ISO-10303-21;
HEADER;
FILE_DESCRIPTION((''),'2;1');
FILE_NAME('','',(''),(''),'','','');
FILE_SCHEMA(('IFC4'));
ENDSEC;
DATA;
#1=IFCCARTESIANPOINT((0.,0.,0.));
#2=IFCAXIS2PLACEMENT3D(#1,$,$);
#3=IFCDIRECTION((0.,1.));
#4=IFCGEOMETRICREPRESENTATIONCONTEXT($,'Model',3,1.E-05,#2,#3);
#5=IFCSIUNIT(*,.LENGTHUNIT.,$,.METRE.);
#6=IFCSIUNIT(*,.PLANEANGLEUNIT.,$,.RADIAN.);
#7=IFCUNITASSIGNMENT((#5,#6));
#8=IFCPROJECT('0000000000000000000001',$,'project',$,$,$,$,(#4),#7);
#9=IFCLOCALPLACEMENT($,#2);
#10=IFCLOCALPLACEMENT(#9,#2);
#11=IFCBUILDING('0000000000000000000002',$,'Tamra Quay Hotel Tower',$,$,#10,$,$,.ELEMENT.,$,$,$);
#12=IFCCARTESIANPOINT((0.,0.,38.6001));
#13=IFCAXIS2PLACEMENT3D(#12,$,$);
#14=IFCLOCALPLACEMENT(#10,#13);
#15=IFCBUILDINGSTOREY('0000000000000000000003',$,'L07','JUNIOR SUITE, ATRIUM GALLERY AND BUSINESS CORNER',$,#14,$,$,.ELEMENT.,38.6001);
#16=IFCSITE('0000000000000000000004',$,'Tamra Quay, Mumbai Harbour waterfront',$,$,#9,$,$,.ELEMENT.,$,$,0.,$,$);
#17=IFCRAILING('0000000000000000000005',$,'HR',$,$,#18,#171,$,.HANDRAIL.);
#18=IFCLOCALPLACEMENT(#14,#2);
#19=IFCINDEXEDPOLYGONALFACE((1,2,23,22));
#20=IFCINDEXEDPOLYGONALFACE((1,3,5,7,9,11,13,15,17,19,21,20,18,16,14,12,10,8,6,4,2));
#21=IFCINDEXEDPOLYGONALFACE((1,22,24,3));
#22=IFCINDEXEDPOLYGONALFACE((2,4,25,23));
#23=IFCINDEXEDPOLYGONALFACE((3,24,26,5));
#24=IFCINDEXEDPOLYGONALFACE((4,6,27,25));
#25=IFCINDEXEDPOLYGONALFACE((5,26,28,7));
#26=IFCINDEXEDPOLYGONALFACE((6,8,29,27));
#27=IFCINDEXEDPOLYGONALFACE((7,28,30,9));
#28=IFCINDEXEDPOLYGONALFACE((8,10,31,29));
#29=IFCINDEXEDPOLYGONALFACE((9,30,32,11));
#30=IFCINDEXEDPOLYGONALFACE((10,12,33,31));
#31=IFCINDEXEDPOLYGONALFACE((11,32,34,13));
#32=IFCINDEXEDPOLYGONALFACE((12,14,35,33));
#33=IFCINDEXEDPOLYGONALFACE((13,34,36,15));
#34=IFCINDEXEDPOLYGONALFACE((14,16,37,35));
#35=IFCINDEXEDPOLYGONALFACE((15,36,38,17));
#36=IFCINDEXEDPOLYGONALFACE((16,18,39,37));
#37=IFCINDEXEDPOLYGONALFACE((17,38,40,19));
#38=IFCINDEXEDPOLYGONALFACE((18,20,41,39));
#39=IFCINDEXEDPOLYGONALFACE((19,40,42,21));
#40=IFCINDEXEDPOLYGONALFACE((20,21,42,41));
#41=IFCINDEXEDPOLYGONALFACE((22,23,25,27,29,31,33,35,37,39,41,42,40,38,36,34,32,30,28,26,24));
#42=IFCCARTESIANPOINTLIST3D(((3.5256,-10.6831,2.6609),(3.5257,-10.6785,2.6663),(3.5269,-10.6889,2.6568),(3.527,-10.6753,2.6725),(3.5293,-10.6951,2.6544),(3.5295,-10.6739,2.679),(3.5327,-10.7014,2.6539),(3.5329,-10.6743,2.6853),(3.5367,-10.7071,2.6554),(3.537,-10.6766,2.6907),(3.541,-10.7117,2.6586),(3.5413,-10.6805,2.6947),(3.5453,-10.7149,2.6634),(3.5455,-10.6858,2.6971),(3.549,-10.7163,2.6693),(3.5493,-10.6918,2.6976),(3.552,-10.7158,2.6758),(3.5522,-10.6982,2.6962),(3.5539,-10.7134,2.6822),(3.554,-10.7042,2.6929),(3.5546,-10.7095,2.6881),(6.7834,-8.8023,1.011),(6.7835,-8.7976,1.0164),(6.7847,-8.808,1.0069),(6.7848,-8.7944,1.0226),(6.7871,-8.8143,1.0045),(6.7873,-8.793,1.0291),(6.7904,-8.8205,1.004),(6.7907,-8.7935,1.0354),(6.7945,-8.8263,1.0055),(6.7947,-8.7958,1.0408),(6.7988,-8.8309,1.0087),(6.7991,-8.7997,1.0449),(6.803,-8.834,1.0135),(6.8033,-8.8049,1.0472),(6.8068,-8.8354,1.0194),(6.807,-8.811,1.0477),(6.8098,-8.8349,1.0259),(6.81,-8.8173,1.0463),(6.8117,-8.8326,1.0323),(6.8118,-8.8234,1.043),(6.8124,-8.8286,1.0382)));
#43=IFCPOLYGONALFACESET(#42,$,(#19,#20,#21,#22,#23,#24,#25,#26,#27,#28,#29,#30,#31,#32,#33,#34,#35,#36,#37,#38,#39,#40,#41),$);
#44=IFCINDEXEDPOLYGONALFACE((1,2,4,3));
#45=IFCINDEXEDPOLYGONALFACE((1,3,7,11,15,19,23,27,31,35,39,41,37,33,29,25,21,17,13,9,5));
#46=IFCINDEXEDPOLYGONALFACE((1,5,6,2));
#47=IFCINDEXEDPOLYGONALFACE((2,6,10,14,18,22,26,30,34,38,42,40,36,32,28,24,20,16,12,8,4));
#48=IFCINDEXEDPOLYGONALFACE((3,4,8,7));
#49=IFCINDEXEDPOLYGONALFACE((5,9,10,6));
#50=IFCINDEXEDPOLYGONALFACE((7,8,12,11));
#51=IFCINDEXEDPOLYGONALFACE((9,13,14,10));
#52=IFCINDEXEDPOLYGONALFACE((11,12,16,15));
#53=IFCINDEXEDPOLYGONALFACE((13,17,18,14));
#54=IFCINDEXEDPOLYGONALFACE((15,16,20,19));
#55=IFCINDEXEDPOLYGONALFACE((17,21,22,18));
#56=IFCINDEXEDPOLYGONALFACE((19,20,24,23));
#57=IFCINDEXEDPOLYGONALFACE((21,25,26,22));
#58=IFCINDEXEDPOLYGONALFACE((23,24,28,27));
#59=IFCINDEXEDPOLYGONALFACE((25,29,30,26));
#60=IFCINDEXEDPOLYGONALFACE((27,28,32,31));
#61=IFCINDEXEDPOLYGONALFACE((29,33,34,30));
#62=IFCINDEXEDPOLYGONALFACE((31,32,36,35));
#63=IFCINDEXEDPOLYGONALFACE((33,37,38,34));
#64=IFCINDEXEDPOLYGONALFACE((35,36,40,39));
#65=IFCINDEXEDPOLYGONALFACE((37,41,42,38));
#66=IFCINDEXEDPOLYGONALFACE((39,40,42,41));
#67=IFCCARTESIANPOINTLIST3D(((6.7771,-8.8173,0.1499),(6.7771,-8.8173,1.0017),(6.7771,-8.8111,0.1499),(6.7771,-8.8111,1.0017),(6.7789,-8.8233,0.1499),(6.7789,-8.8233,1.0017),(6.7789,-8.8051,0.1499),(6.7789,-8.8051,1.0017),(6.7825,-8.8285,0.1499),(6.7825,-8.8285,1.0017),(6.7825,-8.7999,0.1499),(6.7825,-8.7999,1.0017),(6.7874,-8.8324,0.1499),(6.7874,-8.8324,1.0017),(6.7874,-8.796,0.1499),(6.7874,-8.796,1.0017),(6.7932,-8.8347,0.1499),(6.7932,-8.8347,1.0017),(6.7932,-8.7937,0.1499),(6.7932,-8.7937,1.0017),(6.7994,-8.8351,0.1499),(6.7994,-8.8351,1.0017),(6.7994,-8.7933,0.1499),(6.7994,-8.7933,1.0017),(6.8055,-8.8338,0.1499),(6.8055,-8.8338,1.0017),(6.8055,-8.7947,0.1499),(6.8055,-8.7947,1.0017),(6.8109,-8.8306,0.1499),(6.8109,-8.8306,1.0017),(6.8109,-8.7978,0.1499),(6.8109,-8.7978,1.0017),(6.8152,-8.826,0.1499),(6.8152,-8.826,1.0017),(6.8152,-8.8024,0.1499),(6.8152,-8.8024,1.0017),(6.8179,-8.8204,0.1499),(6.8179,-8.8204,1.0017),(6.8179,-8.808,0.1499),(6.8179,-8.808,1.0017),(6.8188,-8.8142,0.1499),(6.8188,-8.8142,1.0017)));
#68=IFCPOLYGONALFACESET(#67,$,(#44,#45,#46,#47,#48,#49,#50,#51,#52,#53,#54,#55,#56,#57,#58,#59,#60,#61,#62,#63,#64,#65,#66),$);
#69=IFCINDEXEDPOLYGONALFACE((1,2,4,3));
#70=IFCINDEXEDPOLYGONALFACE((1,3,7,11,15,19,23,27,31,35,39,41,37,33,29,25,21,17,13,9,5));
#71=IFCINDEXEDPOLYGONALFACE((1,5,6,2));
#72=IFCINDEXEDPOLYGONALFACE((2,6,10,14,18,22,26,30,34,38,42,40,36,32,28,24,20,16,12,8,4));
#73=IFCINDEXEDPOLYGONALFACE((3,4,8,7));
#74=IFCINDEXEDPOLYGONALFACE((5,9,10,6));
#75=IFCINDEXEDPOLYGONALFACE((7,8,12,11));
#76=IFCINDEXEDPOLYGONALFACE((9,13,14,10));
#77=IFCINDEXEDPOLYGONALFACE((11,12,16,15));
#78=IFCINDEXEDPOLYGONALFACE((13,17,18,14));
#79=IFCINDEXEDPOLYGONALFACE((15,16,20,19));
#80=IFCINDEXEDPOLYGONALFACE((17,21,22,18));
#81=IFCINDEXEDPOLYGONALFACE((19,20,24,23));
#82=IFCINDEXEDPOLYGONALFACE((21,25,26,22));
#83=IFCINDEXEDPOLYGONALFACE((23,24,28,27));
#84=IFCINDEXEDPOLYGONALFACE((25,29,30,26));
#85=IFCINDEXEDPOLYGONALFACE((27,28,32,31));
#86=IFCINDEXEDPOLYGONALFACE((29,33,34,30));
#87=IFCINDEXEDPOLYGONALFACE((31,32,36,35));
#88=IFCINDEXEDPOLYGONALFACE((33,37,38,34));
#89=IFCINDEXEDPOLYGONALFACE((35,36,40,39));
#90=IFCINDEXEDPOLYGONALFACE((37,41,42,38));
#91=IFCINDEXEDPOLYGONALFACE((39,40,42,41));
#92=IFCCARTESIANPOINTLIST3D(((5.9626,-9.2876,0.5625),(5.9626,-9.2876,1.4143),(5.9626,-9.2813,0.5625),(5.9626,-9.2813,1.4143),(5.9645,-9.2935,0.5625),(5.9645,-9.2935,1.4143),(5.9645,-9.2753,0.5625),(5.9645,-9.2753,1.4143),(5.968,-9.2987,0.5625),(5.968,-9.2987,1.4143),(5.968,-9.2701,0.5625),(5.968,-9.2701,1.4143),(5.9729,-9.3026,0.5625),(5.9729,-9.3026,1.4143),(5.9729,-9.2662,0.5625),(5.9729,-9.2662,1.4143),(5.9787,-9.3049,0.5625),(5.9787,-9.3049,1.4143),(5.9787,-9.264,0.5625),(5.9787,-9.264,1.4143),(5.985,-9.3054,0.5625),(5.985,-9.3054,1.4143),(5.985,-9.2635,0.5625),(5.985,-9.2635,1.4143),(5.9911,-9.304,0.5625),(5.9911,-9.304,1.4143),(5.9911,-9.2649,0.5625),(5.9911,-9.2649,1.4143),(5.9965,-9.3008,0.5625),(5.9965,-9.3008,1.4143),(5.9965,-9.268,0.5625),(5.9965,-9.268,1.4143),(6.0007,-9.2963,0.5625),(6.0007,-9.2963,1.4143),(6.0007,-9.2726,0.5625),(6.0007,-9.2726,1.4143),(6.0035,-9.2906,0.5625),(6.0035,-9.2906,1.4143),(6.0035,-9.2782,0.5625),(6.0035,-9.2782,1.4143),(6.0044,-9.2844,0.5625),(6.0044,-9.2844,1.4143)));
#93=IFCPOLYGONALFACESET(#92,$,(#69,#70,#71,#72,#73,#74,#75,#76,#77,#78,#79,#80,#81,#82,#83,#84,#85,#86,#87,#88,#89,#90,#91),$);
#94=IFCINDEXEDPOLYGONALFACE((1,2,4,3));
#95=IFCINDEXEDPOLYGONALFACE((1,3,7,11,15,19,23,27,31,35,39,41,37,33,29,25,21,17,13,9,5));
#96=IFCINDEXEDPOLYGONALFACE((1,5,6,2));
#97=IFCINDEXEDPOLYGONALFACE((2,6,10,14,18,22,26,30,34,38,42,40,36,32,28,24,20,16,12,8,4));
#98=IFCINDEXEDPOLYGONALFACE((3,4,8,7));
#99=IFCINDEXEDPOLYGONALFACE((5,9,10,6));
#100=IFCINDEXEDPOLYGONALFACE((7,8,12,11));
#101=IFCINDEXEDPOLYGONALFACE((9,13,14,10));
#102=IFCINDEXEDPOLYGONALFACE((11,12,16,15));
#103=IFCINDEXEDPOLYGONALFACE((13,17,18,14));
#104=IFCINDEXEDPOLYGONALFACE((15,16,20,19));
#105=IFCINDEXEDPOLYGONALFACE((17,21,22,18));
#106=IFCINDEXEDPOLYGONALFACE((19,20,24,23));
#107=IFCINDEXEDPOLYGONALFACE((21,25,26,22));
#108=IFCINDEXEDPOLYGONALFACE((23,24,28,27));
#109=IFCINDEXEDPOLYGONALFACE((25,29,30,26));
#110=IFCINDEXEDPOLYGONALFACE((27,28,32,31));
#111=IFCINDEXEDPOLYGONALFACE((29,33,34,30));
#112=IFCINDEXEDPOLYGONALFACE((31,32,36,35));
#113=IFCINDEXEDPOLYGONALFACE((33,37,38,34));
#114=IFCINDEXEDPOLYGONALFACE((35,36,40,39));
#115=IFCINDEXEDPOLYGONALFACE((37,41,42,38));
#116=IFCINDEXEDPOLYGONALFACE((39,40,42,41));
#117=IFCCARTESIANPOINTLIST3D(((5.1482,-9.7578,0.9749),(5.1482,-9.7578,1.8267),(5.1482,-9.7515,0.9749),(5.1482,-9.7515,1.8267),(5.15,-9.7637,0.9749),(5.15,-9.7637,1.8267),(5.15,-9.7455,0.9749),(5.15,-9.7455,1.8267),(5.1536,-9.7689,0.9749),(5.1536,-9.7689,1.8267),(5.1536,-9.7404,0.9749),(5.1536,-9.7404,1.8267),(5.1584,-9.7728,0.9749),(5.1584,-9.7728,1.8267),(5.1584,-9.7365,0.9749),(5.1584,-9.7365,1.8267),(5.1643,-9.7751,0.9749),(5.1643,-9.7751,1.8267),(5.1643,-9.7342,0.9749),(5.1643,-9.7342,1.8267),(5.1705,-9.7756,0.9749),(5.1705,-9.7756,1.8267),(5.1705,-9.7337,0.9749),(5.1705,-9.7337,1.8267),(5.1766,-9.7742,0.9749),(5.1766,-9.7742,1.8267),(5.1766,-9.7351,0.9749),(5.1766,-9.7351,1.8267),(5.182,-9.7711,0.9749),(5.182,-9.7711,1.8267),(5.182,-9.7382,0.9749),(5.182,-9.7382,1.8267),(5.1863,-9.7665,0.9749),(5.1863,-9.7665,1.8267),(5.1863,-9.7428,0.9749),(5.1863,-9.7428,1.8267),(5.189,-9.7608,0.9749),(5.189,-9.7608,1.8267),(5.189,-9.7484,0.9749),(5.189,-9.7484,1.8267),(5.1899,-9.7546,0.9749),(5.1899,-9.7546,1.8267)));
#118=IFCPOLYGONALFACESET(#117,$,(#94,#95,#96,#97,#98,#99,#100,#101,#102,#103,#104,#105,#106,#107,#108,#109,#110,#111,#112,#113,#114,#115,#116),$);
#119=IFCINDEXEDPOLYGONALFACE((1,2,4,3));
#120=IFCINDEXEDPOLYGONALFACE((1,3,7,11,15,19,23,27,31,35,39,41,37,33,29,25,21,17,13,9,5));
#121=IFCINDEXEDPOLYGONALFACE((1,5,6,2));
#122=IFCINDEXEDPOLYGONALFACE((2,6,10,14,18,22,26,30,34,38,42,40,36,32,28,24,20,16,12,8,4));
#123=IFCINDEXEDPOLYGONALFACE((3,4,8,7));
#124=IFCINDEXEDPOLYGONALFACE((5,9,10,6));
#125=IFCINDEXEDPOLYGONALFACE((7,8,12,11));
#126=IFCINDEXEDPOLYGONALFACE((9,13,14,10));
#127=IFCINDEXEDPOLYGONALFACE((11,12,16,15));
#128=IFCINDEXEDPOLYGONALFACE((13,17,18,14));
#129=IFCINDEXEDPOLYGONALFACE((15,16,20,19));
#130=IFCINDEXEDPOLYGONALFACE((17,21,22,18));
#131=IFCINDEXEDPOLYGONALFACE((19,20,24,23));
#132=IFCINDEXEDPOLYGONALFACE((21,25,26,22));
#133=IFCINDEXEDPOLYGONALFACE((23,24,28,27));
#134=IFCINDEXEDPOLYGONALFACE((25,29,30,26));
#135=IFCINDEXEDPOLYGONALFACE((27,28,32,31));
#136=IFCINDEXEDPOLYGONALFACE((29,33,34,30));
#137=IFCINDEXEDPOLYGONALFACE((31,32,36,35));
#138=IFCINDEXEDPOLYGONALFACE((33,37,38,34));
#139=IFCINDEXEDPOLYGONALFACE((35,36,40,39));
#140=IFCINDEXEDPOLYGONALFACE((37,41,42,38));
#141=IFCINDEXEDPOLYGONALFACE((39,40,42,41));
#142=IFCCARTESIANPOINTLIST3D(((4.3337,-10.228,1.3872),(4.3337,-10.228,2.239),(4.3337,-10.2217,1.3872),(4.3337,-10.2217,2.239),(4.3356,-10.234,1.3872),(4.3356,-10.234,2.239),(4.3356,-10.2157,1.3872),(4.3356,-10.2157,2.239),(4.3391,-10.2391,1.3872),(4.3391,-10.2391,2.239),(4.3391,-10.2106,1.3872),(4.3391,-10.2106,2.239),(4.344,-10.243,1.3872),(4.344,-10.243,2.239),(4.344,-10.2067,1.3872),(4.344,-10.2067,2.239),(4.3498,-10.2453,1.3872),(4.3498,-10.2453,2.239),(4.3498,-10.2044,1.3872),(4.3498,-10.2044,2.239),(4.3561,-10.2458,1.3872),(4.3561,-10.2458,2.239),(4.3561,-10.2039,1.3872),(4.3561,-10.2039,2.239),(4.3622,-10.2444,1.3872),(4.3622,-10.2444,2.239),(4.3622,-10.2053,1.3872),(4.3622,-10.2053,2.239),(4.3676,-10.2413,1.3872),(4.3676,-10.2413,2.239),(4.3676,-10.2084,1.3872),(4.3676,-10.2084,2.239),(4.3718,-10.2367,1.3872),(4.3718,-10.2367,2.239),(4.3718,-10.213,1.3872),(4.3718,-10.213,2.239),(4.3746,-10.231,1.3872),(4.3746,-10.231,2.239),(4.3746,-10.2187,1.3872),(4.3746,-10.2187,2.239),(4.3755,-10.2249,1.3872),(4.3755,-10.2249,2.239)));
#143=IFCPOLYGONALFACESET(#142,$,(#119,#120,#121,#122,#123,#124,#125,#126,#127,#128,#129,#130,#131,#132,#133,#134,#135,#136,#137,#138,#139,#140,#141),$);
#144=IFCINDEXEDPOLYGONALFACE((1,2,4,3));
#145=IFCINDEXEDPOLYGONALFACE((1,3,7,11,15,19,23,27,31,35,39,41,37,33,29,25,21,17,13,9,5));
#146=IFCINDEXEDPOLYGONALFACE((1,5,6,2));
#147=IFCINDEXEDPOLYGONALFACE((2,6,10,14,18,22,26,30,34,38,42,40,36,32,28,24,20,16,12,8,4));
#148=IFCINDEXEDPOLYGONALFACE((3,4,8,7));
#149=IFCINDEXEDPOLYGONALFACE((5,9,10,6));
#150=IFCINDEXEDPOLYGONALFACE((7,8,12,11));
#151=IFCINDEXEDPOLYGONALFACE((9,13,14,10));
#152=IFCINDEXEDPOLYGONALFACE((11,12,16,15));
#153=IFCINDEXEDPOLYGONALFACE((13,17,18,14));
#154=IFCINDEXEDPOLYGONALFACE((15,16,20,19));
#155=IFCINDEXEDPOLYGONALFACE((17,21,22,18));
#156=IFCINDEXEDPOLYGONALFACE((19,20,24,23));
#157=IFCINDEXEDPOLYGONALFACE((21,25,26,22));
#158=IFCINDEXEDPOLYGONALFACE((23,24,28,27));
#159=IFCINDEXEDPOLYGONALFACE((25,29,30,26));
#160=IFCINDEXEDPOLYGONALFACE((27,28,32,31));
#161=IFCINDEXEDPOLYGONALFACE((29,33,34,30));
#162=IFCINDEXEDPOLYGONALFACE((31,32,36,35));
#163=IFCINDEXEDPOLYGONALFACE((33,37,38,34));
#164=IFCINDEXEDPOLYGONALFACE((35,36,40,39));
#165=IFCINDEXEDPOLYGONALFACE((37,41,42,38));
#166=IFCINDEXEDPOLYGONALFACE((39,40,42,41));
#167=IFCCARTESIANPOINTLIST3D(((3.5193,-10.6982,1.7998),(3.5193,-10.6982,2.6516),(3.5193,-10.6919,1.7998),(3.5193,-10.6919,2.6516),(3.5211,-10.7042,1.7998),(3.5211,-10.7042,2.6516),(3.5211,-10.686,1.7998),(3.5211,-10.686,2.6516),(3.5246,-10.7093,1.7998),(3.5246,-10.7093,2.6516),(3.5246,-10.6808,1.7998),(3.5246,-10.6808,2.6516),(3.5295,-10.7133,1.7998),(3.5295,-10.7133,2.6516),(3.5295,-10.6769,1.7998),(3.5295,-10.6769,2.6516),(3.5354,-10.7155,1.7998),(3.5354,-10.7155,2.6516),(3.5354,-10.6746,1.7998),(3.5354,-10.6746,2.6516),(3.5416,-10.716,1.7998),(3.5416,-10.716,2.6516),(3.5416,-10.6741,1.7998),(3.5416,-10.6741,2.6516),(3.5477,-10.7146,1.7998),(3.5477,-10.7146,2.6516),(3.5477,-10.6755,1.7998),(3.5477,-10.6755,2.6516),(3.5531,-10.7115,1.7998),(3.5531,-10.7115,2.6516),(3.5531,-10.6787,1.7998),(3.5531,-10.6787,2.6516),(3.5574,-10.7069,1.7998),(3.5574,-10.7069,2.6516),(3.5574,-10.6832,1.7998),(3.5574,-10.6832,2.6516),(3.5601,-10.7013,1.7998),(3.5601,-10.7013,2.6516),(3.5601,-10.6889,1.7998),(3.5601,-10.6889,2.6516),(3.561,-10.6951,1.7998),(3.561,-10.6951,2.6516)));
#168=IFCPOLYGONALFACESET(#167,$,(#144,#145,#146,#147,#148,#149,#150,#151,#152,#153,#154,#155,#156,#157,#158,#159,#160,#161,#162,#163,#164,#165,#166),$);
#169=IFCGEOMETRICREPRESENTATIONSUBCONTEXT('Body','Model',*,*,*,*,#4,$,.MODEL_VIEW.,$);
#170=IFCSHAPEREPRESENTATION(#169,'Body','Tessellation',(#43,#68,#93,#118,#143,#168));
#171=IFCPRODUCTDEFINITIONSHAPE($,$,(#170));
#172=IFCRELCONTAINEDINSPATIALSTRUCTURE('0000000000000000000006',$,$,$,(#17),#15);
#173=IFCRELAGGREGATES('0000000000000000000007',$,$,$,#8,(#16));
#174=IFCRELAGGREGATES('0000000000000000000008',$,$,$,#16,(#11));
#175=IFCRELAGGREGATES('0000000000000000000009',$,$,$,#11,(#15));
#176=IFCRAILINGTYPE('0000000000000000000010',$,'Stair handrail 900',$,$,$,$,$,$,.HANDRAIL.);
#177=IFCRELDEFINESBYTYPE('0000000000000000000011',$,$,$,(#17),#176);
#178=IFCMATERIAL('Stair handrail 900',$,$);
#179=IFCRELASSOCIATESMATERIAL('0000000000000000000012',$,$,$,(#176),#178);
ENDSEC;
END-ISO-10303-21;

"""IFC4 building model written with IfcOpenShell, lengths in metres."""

from ifc_helpers import new_model, si_unit, direction, frame, origin, origin_2d, place, context, subcontext, project, spatial, circle, extrude, material, type_object, element, save


model = new_model("IFC4")

# Units and contexts
model_context = context("Model", 3, precision=1e-05, world=origin(), true_north=direction((0.0, 1.0)))
body_context = subcontext(model_context, "Body", "Model", "MODEL_VIEW")
ifc_project = project(units=[si_unit("LENGTHUNIT", "METRE"), si_unit("PLANEANGLEUNIT", "RADIAN")], contexts=[model_context])

# Site, building, storey
site_placement = place(None, origin())
site = spatial("IfcSite", under=ifc_project, at=site_placement, Name="Tamra Quay, Mumbai Harbour waterfront", CompositionType="ELEMENT", RefElevation=0.0)
building_placement = place(site_placement, origin())
building = spatial("IfcBuilding", under=site, at=building_placement, Name="Tamra Quay Hotel Tower", CompositionType="ELEMENT")
storey_placement = place(building_placement, frame((0.0, 0.0, 38.6001)))
storey = spatial("IfcBuildingStorey", under=building, at=storey_placement, Name="L07", Description="JUNIOR SUITE, ATRIUM GALLERY AND BUSINESS CORNER", CompositionType="ELEMENT", Elevation=38.6001)

# Railing
ifc_material_1 = material(Name="Stair handrail 900")
railing_type_1 = type_object("IfcRailingType", Name="Stair handrail 900", PredefinedType="HANDRAIL", material=ifc_material_1)
railing_1_placement = place(storey_placement, frame((6.7979, -8.8142, 0.1499)))
element("IfcRailing", 1, at=railing_1_placement, inside=storey, type_object=railing_type_1, Name="HR", PredefinedType="HANDRAIL", context=body_context, shape_type="SweptSolid", body=[
    extrude(circle(Radius=0.0239, at=origin_2d()), frame((0.0, 0.0, 0.876), z_axis=(-0.7931, -0.457887, 0.401661), x_axis=(0.499992, -0.86603, 0.0)), (0.0, 0.0, 1.0), 4.1077),
    extrude(circle(Radius=0.021, at=origin_2d()), origin(), (0.0, 0.0, 1.0), 0.8518),
    extrude(circle(Radius=0.021, at=origin_2d()), frame((-0.8145, -0.4702, 0.4126)), (0.0, 0.0, 1.0), 0.8518),
    extrude(circle(Radius=0.021, at=origin_2d()), frame((-1.6289, -0.9404, 0.825)), (0.0, 0.0, 1.0), 0.8518),
    extrude(circle(Radius=0.021, at=origin_2d()), frame((-2.4434, -1.4106, 1.2373)), (0.0, 0.0, 1.0), 0.8518),
    extrude(circle(Radius=0.021, at=origin_2d()), frame((-3.2578, -1.8809, 1.6499)), (0.0, 0.0, 1.0), 0.8518),
])

save(model, "model.ifc")
